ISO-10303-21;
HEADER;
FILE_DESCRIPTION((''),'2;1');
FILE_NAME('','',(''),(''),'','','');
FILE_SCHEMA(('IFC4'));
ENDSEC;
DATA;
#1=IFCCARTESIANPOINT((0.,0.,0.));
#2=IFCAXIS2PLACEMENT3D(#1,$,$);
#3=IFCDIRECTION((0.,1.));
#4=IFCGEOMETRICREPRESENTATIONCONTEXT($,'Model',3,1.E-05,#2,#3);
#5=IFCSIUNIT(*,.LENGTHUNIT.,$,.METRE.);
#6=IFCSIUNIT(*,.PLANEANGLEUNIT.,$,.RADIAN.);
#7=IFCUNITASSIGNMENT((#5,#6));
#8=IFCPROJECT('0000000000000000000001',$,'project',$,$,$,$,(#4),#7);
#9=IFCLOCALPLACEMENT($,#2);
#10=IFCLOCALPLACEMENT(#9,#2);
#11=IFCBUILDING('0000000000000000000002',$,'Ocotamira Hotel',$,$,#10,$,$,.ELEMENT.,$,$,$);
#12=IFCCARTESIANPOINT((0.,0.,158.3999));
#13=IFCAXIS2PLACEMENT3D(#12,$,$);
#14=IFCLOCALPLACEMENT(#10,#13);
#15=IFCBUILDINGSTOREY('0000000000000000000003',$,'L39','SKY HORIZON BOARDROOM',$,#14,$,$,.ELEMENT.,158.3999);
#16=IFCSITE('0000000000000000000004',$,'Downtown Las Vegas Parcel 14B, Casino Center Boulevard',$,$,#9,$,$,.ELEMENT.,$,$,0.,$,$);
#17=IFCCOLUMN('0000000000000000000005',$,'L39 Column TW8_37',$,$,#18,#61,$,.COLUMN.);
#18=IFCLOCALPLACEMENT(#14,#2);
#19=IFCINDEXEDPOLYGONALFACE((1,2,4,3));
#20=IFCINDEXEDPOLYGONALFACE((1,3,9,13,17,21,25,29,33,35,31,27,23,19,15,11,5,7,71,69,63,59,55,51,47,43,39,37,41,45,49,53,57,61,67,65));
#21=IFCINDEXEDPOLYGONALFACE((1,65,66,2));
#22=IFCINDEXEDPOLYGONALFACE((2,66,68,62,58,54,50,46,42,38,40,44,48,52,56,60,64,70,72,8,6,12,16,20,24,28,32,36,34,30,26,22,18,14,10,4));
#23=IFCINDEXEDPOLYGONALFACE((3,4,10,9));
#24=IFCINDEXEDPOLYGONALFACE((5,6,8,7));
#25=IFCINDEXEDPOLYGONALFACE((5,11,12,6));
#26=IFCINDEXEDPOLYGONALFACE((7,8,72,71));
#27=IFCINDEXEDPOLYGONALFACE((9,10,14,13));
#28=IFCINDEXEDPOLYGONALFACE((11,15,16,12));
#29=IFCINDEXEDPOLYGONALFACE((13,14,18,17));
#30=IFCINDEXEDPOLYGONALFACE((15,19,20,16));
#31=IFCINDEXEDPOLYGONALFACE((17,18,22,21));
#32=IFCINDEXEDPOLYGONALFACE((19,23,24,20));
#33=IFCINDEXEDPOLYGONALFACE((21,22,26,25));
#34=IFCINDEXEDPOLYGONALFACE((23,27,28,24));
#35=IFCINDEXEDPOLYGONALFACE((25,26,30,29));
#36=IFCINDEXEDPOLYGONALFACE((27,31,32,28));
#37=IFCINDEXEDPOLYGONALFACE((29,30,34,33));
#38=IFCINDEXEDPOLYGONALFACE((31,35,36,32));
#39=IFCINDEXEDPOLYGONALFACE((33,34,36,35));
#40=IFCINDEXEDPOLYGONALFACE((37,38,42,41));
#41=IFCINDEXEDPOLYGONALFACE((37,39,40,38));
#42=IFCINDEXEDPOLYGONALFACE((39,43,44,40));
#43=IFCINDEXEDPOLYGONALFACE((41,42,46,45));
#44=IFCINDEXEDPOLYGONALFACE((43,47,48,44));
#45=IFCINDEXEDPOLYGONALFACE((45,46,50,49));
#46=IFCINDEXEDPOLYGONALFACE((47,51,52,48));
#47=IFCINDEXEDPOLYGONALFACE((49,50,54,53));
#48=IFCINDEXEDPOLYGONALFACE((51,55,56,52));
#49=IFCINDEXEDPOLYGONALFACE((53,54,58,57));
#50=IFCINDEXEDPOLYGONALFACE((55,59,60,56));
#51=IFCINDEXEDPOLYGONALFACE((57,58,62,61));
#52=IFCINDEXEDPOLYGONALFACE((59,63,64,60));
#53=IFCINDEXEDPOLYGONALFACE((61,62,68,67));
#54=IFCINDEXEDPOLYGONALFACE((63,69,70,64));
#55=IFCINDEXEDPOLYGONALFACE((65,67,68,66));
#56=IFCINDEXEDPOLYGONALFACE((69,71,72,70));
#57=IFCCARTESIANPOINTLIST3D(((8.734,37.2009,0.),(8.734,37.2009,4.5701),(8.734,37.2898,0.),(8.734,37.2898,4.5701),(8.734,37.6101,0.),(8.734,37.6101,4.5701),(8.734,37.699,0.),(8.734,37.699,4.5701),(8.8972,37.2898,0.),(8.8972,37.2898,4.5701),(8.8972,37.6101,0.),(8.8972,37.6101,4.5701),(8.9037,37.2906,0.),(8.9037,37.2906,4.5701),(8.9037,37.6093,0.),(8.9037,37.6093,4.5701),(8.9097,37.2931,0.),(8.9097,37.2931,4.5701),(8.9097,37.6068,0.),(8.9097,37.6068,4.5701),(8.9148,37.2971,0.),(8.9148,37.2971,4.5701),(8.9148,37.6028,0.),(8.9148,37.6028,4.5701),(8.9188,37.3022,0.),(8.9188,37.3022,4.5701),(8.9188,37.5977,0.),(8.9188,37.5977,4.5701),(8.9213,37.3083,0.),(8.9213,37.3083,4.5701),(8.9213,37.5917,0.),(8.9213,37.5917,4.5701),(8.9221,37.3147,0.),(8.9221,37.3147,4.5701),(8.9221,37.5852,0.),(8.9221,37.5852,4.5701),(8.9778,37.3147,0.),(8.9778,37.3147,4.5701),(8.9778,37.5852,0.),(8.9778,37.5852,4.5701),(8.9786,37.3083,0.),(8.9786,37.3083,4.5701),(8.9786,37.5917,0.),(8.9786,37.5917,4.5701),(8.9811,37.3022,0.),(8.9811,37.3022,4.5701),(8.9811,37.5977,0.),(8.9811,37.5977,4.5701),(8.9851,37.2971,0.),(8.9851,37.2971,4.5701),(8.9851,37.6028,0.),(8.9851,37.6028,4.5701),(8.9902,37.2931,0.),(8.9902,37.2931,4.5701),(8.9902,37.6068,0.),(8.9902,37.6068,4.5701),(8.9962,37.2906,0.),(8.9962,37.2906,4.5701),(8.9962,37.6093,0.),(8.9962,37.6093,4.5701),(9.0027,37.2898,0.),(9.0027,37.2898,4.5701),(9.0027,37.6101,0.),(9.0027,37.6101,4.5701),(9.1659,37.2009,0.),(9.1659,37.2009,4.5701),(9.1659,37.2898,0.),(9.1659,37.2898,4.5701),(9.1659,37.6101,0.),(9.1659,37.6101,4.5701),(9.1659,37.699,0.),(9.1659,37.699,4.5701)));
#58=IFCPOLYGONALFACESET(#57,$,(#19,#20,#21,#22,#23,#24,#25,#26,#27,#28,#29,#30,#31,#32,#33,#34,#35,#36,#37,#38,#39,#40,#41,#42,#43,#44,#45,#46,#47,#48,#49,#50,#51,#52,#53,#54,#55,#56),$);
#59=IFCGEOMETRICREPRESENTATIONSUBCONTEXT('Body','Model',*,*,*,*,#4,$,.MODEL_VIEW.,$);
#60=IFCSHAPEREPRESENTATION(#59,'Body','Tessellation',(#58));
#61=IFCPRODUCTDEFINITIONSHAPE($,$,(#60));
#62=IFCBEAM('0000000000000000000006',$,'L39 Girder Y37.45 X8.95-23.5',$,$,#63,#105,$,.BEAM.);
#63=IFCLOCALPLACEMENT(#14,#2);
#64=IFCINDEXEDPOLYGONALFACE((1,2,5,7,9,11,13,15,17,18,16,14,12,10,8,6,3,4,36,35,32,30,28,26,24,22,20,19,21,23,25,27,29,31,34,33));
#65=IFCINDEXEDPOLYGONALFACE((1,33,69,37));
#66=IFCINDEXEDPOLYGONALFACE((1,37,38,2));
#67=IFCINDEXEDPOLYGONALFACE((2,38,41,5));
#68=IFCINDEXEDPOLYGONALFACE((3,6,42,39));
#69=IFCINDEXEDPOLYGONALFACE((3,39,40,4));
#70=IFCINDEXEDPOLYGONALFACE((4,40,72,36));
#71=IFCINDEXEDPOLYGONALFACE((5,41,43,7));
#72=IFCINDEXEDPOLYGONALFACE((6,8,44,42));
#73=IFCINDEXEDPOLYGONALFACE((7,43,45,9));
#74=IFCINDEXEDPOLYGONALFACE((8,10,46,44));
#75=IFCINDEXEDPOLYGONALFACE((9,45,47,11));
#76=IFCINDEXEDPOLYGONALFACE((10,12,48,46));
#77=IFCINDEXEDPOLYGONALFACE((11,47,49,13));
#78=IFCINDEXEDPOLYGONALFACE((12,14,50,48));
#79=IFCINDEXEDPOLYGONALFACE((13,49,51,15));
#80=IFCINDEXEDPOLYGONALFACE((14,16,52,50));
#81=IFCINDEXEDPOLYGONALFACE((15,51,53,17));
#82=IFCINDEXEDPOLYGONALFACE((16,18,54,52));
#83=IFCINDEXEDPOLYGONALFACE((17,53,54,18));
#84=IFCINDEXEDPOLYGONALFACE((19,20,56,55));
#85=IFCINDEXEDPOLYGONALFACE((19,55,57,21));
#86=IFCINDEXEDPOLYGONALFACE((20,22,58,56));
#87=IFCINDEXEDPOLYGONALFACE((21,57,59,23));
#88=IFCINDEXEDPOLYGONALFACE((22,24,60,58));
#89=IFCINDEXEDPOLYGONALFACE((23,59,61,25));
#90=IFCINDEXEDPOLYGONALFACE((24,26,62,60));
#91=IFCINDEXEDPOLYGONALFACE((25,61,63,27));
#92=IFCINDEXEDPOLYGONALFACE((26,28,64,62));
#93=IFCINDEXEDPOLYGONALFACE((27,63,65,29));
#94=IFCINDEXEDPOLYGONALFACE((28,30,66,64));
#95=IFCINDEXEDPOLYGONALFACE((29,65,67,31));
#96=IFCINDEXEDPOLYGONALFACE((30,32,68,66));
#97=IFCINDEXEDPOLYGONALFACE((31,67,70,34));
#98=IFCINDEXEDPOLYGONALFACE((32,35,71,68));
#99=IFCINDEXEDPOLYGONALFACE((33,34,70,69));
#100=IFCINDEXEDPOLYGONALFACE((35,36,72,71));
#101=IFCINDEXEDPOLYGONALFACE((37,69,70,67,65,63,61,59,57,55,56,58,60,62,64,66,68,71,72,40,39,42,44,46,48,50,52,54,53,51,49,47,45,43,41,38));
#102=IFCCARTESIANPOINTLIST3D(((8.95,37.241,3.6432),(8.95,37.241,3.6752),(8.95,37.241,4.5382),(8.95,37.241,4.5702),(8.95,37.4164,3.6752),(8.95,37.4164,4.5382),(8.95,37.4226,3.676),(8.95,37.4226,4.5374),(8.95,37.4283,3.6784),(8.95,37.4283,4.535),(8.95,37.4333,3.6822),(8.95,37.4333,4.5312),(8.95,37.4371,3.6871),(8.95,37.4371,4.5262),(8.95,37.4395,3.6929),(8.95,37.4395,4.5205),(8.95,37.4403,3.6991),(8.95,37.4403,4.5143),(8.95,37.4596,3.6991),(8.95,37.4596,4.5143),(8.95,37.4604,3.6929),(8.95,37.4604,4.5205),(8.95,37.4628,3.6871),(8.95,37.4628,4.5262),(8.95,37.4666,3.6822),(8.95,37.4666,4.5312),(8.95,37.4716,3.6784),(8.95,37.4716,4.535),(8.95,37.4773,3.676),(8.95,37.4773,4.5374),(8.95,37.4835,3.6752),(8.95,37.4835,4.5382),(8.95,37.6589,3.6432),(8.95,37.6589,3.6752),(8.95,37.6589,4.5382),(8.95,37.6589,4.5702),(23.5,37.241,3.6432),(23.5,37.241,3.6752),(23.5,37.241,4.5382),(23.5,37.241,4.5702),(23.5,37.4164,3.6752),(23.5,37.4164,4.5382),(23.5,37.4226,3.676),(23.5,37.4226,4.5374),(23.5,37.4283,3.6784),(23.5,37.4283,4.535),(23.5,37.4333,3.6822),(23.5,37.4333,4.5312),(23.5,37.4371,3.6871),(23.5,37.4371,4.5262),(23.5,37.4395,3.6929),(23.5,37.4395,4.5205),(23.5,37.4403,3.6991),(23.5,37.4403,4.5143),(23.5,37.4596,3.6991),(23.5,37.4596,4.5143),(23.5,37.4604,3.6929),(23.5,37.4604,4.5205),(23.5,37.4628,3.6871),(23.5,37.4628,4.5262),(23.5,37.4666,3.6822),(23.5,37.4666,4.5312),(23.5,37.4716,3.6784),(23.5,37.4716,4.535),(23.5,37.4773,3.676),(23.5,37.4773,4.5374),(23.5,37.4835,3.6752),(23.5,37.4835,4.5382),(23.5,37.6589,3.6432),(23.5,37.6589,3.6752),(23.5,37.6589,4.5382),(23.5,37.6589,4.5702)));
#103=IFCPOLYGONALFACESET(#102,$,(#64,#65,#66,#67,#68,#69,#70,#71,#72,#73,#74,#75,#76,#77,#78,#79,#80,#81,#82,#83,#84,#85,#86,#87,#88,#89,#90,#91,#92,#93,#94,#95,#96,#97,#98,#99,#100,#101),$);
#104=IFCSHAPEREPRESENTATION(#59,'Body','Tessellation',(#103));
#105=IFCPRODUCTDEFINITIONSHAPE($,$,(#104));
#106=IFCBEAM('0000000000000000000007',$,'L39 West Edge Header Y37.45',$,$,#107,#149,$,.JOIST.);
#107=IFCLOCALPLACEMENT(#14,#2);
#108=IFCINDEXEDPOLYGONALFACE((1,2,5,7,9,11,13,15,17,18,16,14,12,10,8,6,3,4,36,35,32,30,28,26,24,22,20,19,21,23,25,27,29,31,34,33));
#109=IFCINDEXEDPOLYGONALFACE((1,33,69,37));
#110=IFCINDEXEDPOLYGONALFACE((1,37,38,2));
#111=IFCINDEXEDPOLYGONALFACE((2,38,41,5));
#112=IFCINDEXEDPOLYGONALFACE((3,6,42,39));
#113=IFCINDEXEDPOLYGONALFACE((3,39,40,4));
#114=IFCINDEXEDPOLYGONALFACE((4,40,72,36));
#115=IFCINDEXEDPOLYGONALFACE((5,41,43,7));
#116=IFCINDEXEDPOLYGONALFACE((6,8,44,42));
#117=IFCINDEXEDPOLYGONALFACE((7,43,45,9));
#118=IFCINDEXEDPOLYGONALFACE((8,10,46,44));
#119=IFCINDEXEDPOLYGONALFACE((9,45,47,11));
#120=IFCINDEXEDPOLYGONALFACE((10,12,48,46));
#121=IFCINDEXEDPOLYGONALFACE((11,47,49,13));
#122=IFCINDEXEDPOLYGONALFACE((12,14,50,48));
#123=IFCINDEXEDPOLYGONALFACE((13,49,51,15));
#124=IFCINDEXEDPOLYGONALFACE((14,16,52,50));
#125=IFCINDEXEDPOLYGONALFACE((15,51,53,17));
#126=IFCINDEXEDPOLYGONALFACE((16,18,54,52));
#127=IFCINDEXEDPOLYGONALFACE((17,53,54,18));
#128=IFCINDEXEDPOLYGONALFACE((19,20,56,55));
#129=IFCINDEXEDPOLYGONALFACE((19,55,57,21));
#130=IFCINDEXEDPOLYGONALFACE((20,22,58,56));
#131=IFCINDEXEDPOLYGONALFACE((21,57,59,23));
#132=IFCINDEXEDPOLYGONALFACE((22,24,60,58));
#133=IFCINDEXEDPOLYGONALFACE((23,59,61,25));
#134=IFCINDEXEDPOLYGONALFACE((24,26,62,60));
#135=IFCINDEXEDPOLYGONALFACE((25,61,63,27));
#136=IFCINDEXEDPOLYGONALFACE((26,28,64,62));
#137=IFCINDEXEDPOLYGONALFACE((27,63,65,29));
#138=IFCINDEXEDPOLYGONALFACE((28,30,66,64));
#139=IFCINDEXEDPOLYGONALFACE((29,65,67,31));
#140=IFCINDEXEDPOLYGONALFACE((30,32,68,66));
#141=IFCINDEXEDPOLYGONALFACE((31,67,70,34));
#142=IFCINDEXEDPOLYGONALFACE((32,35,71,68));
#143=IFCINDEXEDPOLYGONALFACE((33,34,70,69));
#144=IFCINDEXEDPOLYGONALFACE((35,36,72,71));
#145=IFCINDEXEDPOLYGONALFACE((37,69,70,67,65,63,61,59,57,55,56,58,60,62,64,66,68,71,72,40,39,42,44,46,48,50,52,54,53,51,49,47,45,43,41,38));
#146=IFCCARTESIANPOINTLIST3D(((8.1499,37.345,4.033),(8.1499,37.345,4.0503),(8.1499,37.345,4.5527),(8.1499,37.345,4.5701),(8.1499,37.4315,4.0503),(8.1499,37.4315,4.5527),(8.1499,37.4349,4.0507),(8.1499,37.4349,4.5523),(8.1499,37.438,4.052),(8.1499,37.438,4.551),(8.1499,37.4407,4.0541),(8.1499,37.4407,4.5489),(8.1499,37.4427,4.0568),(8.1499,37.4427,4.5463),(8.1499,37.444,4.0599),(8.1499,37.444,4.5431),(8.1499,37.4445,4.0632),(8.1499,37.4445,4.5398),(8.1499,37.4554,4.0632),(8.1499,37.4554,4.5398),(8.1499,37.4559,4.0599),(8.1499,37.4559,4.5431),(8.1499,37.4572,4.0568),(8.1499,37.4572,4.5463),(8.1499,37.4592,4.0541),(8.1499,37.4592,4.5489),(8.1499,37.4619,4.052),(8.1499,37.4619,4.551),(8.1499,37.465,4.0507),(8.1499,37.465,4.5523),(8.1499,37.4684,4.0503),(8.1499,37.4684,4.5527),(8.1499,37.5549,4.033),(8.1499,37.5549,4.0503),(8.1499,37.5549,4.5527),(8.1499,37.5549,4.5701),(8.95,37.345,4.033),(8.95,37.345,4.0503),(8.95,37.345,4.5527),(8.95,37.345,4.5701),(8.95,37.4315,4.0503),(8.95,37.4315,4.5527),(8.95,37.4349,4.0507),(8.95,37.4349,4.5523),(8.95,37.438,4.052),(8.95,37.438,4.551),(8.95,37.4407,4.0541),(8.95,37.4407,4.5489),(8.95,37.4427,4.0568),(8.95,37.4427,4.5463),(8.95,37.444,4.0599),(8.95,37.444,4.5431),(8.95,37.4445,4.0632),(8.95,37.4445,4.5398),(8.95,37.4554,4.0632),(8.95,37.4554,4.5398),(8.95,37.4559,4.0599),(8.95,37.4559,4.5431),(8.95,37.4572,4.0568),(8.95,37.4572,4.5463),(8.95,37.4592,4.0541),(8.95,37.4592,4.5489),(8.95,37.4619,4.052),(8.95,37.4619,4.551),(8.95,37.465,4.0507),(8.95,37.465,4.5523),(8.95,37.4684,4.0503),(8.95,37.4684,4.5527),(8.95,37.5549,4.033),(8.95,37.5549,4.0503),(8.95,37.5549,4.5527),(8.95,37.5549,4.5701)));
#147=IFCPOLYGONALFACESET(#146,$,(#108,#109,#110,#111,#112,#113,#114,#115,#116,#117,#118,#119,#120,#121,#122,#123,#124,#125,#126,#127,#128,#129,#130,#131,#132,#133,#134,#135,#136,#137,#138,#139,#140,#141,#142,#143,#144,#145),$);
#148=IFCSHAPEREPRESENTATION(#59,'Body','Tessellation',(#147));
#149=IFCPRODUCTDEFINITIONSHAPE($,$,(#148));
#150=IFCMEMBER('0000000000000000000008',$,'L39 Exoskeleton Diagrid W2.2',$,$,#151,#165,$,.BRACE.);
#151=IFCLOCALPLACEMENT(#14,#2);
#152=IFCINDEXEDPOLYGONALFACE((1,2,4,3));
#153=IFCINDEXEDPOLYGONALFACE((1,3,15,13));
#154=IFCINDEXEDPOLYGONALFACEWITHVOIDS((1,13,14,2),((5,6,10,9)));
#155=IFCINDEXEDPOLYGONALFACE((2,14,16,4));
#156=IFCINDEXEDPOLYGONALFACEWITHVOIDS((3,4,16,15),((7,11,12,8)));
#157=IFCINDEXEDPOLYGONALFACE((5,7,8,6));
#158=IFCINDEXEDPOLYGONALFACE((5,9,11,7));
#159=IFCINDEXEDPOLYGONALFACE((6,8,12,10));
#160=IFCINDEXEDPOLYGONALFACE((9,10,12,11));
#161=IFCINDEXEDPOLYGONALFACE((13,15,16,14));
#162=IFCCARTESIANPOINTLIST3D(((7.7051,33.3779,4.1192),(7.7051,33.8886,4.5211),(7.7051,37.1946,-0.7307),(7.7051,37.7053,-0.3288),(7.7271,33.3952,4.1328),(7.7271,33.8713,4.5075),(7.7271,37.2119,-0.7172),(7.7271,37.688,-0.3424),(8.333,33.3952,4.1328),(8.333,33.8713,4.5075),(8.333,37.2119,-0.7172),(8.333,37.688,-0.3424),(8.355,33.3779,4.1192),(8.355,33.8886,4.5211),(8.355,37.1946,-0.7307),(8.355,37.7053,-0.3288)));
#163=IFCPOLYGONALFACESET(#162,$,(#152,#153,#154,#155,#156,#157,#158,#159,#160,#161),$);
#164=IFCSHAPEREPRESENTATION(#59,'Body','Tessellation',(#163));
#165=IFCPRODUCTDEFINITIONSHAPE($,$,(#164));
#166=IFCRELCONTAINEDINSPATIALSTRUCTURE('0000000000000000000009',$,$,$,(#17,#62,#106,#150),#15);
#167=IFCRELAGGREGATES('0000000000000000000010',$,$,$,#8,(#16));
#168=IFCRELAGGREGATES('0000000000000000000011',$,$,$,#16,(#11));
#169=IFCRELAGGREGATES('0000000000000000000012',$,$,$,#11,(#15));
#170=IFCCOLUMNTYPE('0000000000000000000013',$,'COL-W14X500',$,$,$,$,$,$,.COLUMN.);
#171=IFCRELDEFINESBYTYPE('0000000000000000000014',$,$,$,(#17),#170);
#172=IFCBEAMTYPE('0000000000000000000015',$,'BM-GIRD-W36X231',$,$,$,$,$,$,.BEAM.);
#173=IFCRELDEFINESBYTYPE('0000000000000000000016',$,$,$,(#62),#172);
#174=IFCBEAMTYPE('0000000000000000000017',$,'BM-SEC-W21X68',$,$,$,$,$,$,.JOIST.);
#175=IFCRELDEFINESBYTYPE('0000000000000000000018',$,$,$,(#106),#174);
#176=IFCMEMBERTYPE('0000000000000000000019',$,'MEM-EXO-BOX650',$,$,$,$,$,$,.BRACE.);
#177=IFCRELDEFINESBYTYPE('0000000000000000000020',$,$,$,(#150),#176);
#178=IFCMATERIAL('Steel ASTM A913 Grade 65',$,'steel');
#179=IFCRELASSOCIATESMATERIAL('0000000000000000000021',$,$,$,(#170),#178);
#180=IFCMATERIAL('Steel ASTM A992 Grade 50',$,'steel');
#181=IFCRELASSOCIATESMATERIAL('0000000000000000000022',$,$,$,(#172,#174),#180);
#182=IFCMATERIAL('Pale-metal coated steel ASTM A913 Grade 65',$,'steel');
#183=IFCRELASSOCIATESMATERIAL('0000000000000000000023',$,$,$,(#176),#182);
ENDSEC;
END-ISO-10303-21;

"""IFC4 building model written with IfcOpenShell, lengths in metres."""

from ifc_helpers import new_model, si_unit, direction, frame, origin, origin_2d, place, context, subcontext, project, spatial, hollow_rectangle, i_section, extrude, source, transform, mapped, material, material_profile, profile_set, type_object, element, save


model = new_model("IFC4")

# Units and contexts
model_context = context("Model", 3, precision=1e-05, world=origin(), true_north=direction((0.0, 1.0)))
body_context = subcontext(model_context, "Body", "Model", "MODEL_VIEW")
ifc_project = project(units=[si_unit("LENGTHUNIT", "METRE"), si_unit("PLANEANGLEUNIT", "RADIAN")], contexts=[model_context])

# Site, building, storey
site_placement = place(None, origin())
site = spatial("IfcSite", under=ifc_project, at=site_placement, Name="Downtown Las Vegas Parcel 14B, Casino Center Boulevard", CompositionType="ELEMENT", RefElevation=0.0)
building_placement = place(site_placement, origin())
building = spatial("IfcBuilding", under=site, at=building_placement, Name="Ocotamira Hotel", CompositionType="ELEMENT")
storey_placement = place(building_placement, frame((0.0, 0.0, 158.3999)))
storey = spatial("IfcBuildingStorey", under=building, at=storey_placement, Name="L39", Description="SKY HORIZON BOARDROOM", CompositionType="ELEMENT", Elevation=158.3999)

# Column
ifc_material_1 = material(Name="Steel ASTM A913 Grade 65", Category="steel")
ifc_material_profile_1 = material_profile(ifc_material_1, i_section(OverallWidth=0.4319, OverallDepth=0.498, WebThickness=0.0557, FlangeThickness=0.0889, FilletRadius=0.0249, at=origin_2d()), Name="W14X500")
ifc_profile_set_1 = profile_set([ifc_material_profile_1], Name="Steel ASTM A913 Grade 65")
column_type = type_object("IfcColumnType", Name="COL-W14X500", PredefinedType="COLUMN", material=ifc_profile_set_1)
shared_shape_1 = source(origin(), body_context, "Body", "SweptSolid", [
    extrude(i_section(OverallWidth=0.4319, OverallDepth=0.498, WebThickness=0.0557, FlangeThickness=0.0889, FilletRadius=0.0249, at=origin_2d()), origin(), (0.0, 0.0, 1.0), 4.5701),
])
column_placement = place(storey_placement, frame((8.95, 37.45, 0.0), z_axis=(0.0, 0.0, 1.0), x_axis=(1.0, 0.0, 0.0)))
element("IfcColumn", 1, at=column_placement, inside=storey, type_object=column_type, Name="L39 Column TW8_37", PredefinedType="COLUMN", context=body_context, shape_type="MappedRepresentation", body=[
    mapped(shared_shape_1, transform((0.0, 0.0, 0.0), scale=1.0)),
])

# Beams
ifc_material_2 = material(Name="Steel ASTM A992 Grade 50", Category="steel")
ifc_material_profile_2 = material_profile(ifc_material_2, i_section(OverallWidth=0.418, OverallDepth=0.927, WebThickness=0.0193, FlangeThickness=0.032, FilletRadius=0.0239, at=origin_2d()), Name="W36X231")
ifc_profile_set_2 = profile_set([ifc_material_profile_2], Name="Steel ASTM A992 Grade 50")
beam_type_1 = type_object("IfcBeamType", Name="BM-GIRD-W36X231", PredefinedType="BEAM", material=ifc_profile_set_2)
shared_shape_2 = source(origin(), body_context, "Body", "SweptSolid", [
    extrude(i_section(OverallWidth=0.418, OverallDepth=0.927, WebThickness=0.0193, FlangeThickness=0.032, FilletRadius=0.0239, at=origin_2d()), origin(), (0.0, 0.0, 1.0), 14.55),
])
beam_1_placement = place(storey_placement, frame((8.95, 37.45, 4.1067), z_axis=(1.0, 0.0, 0.0), x_axis=(0.0, 1.0, 0.0)))
element("IfcBeam", 2, at=beam_1_placement, inside=storey, type_object=beam_type_1, Name="L39 Girder Y37.45 X8.95-23.5", PredefinedType="BEAM", context=body_context, shape_type="MappedRepresentation", body=[
    mapped(shared_shape_2, transform((0.0, 0.0, 0.0), scale=1.0)),
])
ifc_material_profile_3 = material_profile(ifc_material_2, i_section(OverallWidth=0.21, OverallDepth=0.5371, WebThickness=0.011, FlangeThickness=0.0173, FilletRadius=0.0129, at=origin_2d()), Name="W21X68")
ifc_profile_set_3 = profile_set([ifc_material_profile_3], Name="Steel ASTM A992 Grade 50")
beam_type_2 = type_object("IfcBeamType", Name="BM-SEC-W21X68", PredefinedType="JOIST", material=ifc_profile_set_3)
shared_shape_3 = source(origin(), body_context, "Body", "SweptSolid", [
    extrude(i_section(OverallWidth=0.21, OverallDepth=0.5371, WebThickness=0.011, FlangeThickness=0.0173, FilletRadius=0.0129, at=origin_2d()), origin(), (0.0, 0.0, 1.0), 0.8),
])
beam_2_placement = place(storey_placement, frame((8.95, 37.45, 4.3015), z_axis=(-1.0, 0.0, 0.0), x_axis=(0.0, -1.0, 0.0)))
element("IfcBeam", 3, at=beam_2_placement, inside=storey, type_object=beam_type_2, Name="L39 West Edge Header Y37.45", PredefinedType="JOIST", context=body_context, shape_type="MappedRepresentation", body=[
    mapped(shared_shape_3, transform((0.0, 0.0, 0.0), scale=1.0)),
])

# Member
ifc_material_3 = material(Name="Pale-metal coated steel ASTM A913 Grade 65", Category="steel")
ifc_material_profile_4 = material_profile(ifc_material_3, hollow_rectangle(XDim=0.6499, YDim=0.6499, WallThickness=0.022, at=origin_2d()), Name="BOX650X650X22")
ifc_profile_set_4 = profile_set([ifc_material_profile_4], Name="Pale-metal coated steel ASTM A913 Grade 65")
member_type_1 = type_object("IfcMemberType", Name="MEM-EXO-BOX650", PredefinedType="BRACE", material=ifc_profile_set_4)
shared_shape_4 = source(origin(), body_context, "Body", "SweptSolid", [
    extrude(hollow_rectangle(XDim=0.6499, YDim=0.6499, WallThickness=0.022, at=origin_2d()), origin(), (0.0, 0.0, 1.0), 6.1716),
])
member_1_placement = place(storey_placement, frame((8.03, 37.45, -0.5298), z_axis=(0.0, -0.618428, 0.785842), x_axis=(1.0, 0.0, 0.0)))
element("IfcMember", 4, at=member_1_placement, inside=storey, type_object=member_type_1, Name="L39 Exoskeleton Diagrid W2.2", PredefinedType="BRACE", context=body_context, shape_type="MappedRepresentation", body=[
    mapped(shared_shape_4, transform((0.0, 0.0, 0.0), scale=1.0)),
])

save(model, "model.ifc")
